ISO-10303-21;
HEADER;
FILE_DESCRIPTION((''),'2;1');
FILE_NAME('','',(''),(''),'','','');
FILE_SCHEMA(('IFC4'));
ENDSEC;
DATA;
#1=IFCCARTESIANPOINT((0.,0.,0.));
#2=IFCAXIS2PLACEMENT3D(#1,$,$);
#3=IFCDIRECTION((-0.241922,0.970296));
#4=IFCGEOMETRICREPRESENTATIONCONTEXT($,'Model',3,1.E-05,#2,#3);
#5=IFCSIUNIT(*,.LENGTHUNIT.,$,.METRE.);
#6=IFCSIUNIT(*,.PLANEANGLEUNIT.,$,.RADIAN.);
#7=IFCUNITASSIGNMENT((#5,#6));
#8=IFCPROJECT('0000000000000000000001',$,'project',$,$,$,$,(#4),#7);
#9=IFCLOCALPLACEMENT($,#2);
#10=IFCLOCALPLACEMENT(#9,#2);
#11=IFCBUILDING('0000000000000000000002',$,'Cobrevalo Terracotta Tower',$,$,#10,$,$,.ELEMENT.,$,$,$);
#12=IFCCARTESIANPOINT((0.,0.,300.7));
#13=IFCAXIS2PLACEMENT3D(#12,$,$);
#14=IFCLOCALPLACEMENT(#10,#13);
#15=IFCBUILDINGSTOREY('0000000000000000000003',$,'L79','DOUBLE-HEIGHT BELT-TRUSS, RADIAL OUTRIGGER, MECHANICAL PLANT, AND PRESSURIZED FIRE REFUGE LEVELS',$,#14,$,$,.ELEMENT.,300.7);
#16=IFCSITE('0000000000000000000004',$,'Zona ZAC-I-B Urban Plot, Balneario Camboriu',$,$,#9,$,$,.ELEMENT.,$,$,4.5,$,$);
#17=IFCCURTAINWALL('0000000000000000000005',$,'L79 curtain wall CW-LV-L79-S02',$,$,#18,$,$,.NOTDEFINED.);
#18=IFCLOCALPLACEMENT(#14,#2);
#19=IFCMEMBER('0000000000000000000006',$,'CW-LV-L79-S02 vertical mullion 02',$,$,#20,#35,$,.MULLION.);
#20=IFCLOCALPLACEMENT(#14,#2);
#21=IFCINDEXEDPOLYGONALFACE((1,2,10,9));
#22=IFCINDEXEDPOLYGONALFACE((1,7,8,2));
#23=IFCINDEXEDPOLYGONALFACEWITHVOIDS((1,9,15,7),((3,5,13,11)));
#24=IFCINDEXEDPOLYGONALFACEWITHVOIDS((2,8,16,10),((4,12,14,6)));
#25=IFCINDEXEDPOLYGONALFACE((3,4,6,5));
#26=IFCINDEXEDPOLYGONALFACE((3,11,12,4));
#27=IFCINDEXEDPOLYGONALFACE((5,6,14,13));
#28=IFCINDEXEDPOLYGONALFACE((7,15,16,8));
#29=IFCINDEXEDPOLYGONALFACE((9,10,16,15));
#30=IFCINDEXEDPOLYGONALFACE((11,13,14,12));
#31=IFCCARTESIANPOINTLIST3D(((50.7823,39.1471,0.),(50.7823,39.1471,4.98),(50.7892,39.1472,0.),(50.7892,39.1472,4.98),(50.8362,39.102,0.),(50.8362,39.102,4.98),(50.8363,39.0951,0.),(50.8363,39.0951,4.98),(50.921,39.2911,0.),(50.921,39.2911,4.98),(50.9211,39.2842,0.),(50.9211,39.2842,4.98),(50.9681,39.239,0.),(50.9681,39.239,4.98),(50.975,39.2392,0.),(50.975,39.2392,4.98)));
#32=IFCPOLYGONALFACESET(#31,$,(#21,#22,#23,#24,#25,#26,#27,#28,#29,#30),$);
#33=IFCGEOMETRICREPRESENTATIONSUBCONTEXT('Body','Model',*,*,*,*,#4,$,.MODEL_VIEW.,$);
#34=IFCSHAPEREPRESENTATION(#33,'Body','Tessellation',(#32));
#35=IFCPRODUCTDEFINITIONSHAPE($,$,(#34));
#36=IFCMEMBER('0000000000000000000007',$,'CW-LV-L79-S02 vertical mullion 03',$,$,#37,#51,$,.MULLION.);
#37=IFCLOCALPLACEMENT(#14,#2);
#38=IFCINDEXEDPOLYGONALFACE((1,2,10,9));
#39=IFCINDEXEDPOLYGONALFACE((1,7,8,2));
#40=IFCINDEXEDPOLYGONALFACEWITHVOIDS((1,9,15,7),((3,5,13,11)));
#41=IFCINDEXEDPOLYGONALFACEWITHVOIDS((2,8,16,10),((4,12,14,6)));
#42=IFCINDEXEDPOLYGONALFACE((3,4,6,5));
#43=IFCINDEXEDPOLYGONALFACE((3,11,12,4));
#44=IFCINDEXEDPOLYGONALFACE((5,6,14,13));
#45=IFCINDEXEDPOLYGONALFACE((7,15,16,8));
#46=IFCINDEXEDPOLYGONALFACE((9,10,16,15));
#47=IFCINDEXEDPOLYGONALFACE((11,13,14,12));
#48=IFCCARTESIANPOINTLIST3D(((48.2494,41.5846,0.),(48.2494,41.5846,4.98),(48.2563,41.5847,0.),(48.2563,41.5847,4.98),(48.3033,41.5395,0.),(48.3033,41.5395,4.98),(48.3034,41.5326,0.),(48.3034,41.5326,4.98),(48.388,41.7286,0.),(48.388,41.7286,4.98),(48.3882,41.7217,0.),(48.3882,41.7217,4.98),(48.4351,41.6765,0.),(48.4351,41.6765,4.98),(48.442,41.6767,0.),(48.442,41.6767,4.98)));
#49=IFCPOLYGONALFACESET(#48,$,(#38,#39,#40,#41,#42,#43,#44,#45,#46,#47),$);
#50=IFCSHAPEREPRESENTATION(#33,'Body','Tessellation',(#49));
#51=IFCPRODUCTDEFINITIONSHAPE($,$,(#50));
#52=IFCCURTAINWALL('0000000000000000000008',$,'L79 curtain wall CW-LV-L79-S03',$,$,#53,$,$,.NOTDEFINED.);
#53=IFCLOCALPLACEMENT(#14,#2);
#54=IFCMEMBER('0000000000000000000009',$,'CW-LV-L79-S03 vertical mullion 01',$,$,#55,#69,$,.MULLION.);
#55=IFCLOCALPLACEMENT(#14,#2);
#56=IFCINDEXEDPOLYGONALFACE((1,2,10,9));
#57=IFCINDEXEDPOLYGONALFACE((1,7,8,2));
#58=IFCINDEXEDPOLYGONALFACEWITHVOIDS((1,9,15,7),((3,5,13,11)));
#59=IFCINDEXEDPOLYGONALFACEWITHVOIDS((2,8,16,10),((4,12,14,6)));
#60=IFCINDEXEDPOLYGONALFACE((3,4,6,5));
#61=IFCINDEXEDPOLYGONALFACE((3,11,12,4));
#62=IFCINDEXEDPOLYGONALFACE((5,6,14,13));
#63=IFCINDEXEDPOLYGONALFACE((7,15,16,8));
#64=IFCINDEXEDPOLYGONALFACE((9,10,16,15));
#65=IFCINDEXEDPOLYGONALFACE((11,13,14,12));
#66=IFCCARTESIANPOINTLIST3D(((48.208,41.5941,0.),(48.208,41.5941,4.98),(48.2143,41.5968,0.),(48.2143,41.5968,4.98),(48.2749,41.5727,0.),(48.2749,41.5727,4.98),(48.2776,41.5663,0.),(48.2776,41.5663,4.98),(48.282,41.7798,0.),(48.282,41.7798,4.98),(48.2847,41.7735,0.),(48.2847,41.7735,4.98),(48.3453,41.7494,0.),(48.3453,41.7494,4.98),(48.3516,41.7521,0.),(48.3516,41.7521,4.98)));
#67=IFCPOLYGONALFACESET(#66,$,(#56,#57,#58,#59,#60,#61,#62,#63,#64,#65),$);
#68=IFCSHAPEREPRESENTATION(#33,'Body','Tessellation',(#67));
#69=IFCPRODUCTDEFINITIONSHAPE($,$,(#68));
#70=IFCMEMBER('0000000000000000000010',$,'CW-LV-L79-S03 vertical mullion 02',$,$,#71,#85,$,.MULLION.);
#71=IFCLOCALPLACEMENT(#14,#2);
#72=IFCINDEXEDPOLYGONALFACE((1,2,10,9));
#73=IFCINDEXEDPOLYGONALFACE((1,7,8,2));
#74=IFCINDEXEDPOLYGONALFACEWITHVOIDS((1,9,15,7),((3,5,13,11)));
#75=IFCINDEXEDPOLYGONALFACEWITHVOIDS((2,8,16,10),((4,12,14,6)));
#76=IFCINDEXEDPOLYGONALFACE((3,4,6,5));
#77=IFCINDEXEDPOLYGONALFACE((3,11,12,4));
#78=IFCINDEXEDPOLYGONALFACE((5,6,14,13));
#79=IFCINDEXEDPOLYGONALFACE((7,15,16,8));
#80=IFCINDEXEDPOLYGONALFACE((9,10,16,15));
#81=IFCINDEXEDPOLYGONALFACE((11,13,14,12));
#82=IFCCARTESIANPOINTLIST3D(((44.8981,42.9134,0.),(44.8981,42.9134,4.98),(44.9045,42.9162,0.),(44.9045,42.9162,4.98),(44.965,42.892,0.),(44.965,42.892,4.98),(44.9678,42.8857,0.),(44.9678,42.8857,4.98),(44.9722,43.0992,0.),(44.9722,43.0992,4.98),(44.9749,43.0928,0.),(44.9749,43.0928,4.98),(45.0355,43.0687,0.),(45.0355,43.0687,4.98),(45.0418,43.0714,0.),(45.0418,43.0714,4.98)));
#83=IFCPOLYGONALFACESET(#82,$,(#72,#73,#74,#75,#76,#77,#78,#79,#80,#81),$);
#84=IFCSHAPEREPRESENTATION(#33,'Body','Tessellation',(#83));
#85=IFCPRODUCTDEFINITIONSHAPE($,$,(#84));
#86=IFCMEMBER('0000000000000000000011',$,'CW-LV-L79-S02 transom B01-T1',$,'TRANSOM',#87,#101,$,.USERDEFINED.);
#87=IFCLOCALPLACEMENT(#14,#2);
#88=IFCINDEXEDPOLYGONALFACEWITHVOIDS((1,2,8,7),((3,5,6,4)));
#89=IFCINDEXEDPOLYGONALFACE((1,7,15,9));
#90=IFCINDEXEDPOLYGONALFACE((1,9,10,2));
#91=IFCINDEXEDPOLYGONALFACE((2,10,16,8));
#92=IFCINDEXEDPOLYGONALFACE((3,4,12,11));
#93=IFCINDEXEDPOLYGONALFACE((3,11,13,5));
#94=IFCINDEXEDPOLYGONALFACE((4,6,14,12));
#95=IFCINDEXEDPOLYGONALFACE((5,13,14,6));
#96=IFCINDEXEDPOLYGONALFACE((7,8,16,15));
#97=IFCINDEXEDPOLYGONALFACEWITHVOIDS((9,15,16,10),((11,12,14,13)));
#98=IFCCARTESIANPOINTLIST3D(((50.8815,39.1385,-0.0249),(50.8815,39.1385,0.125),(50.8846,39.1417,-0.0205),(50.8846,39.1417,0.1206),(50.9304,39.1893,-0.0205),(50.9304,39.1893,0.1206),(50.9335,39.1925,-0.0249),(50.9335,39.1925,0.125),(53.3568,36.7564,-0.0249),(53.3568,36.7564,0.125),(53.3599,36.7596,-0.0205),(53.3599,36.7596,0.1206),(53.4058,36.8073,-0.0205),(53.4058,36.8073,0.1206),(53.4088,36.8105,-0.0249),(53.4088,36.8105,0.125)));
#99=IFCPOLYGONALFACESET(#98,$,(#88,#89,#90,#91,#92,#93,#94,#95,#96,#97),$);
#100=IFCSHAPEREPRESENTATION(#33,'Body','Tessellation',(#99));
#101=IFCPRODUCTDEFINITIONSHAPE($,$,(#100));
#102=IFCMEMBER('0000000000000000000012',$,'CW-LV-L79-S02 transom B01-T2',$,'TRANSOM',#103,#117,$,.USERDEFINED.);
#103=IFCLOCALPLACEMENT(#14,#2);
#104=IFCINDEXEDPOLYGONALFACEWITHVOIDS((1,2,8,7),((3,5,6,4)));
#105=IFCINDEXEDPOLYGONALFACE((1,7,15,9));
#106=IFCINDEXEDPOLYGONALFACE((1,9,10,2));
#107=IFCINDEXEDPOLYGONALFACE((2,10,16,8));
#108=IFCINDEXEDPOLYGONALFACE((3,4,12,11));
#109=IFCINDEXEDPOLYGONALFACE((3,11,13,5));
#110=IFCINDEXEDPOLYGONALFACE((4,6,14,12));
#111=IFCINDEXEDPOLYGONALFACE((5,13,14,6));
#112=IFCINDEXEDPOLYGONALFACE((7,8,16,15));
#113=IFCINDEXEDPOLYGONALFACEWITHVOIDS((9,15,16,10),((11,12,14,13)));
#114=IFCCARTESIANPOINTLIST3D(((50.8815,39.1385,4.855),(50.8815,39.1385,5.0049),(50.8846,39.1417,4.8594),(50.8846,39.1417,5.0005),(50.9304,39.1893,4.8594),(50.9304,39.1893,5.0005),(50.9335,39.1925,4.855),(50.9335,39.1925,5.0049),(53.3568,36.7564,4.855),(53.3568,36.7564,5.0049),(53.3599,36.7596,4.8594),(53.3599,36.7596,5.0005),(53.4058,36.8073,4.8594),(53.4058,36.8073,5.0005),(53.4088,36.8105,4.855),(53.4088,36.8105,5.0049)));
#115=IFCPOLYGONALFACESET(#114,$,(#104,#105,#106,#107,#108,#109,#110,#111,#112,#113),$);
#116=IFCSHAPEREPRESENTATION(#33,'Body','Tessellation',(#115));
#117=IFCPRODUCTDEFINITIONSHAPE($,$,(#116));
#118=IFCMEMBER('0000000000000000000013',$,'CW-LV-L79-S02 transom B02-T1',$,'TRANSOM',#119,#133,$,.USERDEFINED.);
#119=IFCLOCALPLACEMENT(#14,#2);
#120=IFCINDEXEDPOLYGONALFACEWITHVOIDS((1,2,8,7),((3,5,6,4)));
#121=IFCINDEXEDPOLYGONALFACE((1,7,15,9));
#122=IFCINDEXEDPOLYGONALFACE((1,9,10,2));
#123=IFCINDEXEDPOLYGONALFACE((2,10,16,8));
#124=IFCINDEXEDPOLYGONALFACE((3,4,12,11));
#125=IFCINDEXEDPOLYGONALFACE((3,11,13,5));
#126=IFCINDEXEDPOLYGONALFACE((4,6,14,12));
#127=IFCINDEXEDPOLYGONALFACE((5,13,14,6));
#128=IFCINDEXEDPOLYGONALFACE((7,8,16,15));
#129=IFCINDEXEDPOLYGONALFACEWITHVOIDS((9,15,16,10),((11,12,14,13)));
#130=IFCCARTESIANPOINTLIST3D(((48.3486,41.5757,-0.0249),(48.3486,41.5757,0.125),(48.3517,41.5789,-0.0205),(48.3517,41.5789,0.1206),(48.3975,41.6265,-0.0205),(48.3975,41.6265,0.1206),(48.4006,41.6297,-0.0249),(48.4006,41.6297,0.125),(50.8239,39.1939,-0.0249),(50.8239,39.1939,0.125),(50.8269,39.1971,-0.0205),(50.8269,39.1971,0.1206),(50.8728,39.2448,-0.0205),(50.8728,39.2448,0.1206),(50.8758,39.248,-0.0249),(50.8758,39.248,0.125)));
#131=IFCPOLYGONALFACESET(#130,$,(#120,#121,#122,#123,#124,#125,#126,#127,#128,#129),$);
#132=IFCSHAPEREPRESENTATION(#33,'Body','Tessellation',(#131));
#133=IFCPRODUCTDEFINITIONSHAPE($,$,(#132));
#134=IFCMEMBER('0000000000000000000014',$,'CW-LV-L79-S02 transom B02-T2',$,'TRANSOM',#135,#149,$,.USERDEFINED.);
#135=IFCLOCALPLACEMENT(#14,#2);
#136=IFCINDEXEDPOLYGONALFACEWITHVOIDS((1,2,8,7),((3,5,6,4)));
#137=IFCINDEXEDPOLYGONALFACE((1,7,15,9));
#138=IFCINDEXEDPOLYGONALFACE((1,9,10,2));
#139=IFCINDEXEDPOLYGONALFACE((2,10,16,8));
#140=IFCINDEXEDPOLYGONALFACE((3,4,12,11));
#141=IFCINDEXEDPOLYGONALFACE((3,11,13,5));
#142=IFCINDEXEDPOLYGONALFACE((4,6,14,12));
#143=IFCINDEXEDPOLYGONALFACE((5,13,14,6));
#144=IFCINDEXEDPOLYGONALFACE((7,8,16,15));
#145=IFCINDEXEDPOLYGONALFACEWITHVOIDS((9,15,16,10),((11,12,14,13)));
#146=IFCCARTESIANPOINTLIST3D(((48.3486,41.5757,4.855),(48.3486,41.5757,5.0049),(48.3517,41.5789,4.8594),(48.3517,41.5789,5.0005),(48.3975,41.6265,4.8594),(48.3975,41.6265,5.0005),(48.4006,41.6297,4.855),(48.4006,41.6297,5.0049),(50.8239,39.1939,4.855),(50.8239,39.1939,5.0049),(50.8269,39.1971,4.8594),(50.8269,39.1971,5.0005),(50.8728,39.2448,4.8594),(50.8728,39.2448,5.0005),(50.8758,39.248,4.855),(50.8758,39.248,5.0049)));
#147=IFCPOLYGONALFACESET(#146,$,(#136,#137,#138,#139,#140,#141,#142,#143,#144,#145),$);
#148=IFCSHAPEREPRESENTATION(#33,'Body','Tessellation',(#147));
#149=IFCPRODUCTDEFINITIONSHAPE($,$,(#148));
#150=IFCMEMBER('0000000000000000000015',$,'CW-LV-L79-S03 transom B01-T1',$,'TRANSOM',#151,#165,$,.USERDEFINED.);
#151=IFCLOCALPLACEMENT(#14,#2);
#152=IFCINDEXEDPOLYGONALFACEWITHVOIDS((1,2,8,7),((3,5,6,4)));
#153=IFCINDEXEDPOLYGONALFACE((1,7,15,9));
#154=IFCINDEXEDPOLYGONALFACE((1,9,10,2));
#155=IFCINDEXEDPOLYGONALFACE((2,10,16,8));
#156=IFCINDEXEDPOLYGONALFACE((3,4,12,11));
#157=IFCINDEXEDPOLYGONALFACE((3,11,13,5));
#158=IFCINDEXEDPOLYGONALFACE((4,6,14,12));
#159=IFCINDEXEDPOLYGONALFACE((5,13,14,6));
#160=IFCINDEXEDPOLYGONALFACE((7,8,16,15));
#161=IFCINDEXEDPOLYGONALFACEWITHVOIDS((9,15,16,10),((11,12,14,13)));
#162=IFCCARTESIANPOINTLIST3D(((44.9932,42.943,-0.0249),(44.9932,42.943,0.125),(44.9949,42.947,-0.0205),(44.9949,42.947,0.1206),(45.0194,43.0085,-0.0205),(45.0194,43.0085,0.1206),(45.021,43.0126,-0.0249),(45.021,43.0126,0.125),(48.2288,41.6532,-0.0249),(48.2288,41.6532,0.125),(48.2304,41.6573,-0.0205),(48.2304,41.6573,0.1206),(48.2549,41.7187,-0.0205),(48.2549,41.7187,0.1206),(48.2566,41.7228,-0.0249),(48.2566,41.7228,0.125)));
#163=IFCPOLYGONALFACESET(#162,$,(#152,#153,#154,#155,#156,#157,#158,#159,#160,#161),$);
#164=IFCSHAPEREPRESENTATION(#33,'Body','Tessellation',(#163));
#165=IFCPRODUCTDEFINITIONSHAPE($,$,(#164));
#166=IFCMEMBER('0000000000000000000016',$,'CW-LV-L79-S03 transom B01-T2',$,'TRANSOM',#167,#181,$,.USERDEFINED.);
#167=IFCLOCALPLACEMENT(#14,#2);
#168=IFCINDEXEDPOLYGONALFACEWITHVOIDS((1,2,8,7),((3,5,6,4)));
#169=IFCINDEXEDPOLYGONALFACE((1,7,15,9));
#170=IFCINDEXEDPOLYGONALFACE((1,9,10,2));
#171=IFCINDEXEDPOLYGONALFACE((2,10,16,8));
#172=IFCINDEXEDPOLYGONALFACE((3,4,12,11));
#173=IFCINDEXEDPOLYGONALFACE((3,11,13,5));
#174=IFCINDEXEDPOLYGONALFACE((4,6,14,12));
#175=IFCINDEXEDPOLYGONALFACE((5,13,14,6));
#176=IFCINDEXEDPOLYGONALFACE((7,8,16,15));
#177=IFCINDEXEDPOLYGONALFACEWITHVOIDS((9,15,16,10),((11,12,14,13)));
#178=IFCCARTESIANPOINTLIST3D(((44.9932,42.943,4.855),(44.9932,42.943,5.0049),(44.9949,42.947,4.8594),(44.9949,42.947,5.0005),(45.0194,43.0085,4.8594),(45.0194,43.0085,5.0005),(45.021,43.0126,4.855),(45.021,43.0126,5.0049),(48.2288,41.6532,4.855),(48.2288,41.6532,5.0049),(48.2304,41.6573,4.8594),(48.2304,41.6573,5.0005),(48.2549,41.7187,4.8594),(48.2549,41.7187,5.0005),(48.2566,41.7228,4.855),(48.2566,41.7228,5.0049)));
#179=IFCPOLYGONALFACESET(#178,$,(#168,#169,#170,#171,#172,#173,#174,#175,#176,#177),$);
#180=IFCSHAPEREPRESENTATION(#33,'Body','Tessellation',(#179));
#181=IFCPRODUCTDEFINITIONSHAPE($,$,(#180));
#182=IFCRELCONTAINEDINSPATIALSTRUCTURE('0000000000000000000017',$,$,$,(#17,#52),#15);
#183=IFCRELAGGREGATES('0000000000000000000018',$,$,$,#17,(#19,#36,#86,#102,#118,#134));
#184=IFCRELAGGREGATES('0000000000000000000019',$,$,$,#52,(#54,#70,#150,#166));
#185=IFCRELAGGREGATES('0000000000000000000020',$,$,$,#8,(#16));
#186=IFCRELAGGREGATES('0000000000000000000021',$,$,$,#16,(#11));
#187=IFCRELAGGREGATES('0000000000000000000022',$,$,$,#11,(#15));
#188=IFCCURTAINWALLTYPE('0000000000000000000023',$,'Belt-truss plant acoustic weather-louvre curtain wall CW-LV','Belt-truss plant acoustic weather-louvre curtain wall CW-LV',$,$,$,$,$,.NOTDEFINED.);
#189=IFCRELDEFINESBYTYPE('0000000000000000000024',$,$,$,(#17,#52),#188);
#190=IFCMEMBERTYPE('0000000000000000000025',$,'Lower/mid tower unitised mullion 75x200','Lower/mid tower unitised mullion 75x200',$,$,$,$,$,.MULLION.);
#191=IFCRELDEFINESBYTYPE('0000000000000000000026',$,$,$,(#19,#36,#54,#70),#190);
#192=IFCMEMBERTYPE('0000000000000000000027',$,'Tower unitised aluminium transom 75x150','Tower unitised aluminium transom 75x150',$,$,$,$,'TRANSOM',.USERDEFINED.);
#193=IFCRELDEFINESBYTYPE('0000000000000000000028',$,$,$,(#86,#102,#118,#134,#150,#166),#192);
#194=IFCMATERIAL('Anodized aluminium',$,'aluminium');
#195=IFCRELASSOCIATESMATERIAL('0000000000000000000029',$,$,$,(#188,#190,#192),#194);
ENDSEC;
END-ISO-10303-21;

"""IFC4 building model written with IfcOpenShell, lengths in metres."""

from ifc_helpers import new_model, si_unit, direction, frame, origin, origin_2d, place, context, subcontext, project, spatial, hollow_rectangle, extrude, source, transform, mapped, material, material_profile, profile_set, type_object, element, aggregate, save


model = new_model("IFC4")

# Units and contexts
model_context = context("Model", 3, precision=1e-05, world=origin(), true_north=direction((-0.241922, 0.970296)))
body_context = subcontext(model_context, "Body", "Model", "MODEL_VIEW")
ifc_project = project(units=[si_unit("LENGTHUNIT", "METRE"), si_unit("PLANEANGLEUNIT", "RADIAN")], contexts=[model_context])

# Site, building, storey
site_placement = place(None, origin())
site = spatial("IfcSite", under=ifc_project, at=site_placement, Name="Zona ZAC-I-B Urban Plot, Balneario Camboriu", CompositionType="ELEMENT", RefElevation=4.5)
building_placement = place(site_placement, origin())
building = spatial("IfcBuilding", under=site, at=building_placement, Name="Cobrevalo Terracotta Tower", CompositionType="ELEMENT")
storey_placement = place(building_placement, frame((0.0, 0.0, 300.7)))
storey = spatial("IfcBuildingStorey", under=building, at=storey_placement, Name="L79", Description="DOUBLE-HEIGHT BELT-TRUSS, RADIAL OUTRIGGER, MECHANICAL PLANT, AND PRESSURIZED FIRE REFUGE LEVELS", CompositionType="ELEMENT", Elevation=300.7)

# Curtain walls, members
ifc_material_1 = material(Name="Anodized aluminium", Category="aluminium")
curtain_wall_type = type_object("IfcCurtainWallType", Name="Belt-truss plant acoustic weather-louvre curtain wall CW-LV", Description="Belt-truss plant acoustic weather-louvre curtain wall CW-LV", PredefinedType="NOTDEFINED", material=ifc_material_1)
curtain_wall_1_placement = place(storey_placement, origin())
curtain_wall_1 = element("IfcCurtainWall", 1, at=curtain_wall_1_placement, inside=storey, type_object=curtain_wall_type, Name="L79 curtain wall CW-LV-L79-S02", PredefinedType="NOTDEFINED")
ifc_material_profile_1 = material_profile(ifc_material_1, hollow_rectangle(XDim=0.075, YDim=0.2, WallThickness=0.0049, at=origin_2d()), Name="CWM 75x200")
ifc_profile_set_1 = profile_set([ifc_material_profile_1], Name="Anodized aluminium")
member_type_1 = type_object("IfcMemberType", Name="Lower/mid tower unitised mullion 75x200", Description="Lower/mid tower unitised mullion 75x200", PredefinedType="MULLION", material=ifc_profile_set_1)
shared_shape_1 = source(origin(), body_context, "Body", "SweptSolid", [
    extrude(hollow_rectangle(XDim=0.075, YDim=0.2, WallThickness=0.0049, at=origin_2d()), origin(), (0.0, 0.0, 1.0), 4.98),
])
member_1_placement = place(storey_placement, frame((50.8787, 39.1931, 0.0), z_axis=(0.0, 0.0, 1.0), x_axis=(-0.720551, 0.693402, 0.0)))
member_1 = element("IfcMember", 2, at=member_1_placement, type_object=member_type_1, Name="CW-LV-L79-S02 vertical mullion 02", PredefinedType="MULLION", context=body_context, shape_type="MappedRepresentation", body=[
    mapped(shared_shape_1, transform((0.0, 0.0, 0.0), scale=1.0)),
])
member_2_placement = place(storey_placement, frame((48.3457, 41.6306, 0.0), z_axis=(0.0, 0.0, 1.0), x_axis=(-0.720551, 0.693402, 0.0)))
member_2 = element("IfcMember", 3, at=member_2_placement, type_object=member_type_1, Name="CW-LV-L79-S02 vertical mullion 03", PredefinedType="MULLION", context=body_context, shape_type="MappedRepresentation", body=[
    mapped(shared_shape_1, transform((0.0, 0.0, 0.0), scale=1.0)),
])
curtain_wall_2_placement = place(storey_placement, origin())
curtain_wall_2 = element("IfcCurtainWall", 4, at=curtain_wall_2_placement, inside=storey, type_object=curtain_wall_type, Name="L79 curtain wall CW-LV-L79-S03", PredefinedType="NOTDEFINED")
member_3_placement = place(storey_placement, frame((48.2798, 41.6731, 0.0), z_axis=(0.0, 0.0, 1.0), x_axis=(-0.928926, 0.370266, 0.0)))
member_3 = element("IfcMember", 5, at=member_3_placement, type_object=member_type_1, Name="CW-LV-L79-S03 vertical mullion 01", PredefinedType="MULLION", context=body_context, shape_type="MappedRepresentation", body=[
    mapped(shared_shape_1, transform((0.0, 0.0, 0.0), scale=1.0)),
])
member_4_placement = place(storey_placement, frame((44.97, 42.9924, 0.0), z_axis=(0.0, 0.0, 1.0), x_axis=(-0.928926, 0.370266, 0.0)))
member_4 = element("IfcMember", 6, at=member_4_placement, type_object=member_type_1, Name="CW-LV-L79-S03 vertical mullion 02", PredefinedType="MULLION", context=body_context, shape_type="MappedRepresentation", body=[
    mapped(shared_shape_1, transform((0.0, 0.0, 0.0), scale=1.0)),
])

# Members
ifc_material_profile_2 = material_profile(ifc_material_1, hollow_rectangle(XDim=0.075, YDim=0.1499, WallThickness=0.0044, at=origin_2d()), Name="CWT 75x150")
ifc_profile_set_2 = profile_set([ifc_material_profile_2], Name="Anodized aluminium")
member_type_2 = type_object("IfcMemberType", Name="Tower unitised aluminium transom 75x150", Description="Tower unitised aluminium transom 75x150", ElementType="TRANSOM", PredefinedType="USERDEFINED", material=ifc_profile_set_2)
shared_shape_2 = source(origin(), body_context, "Body", "SweptSolid", [
    extrude(hollow_rectangle(XDim=0.075, YDim=0.1499, WallThickness=0.0044, at=origin_2d()), origin(), (0.0, 0.0, 1.0), 3.4353),
])
member_5_placement = place(storey_placement, frame((53.3828, 36.7834, 0.05), z_axis=(-0.72055, 0.693403, 0.0), x_axis=(-0.693403, -0.72055, 0.0)))
member_5 = element("IfcMember", 7, at=member_5_placement, type_object=member_type_2, Name="CW-LV-L79-S02 transom B01-T1", ObjectType="TRANSOM", PredefinedType="USERDEFINED", context=body_context, shape_type="MappedRepresentation", body=[
    mapped(shared_shape_2, transform((0.0, 0.0, 0.0), scale=1.0)),
])
member_6_placement = place(storey_placement, frame((53.3828, 36.7834, 4.9299), z_axis=(-0.72055, 0.693403, 0.0), x_axis=(-0.693403, -0.72055, 0.0)))
member_6 = element("IfcMember", 8, at=member_6_placement, type_object=member_type_2, Name="CW-LV-L79-S02 transom B01-T2", ObjectType="TRANSOM", PredefinedType="USERDEFINED", context=body_context, shape_type="MappedRepresentation", body=[
    mapped(shared_shape_2, transform((0.0, 0.0, 0.0), scale=1.0)),
])
shared_shape_3 = source(origin(), body_context, "Body", "SweptSolid", [
    extrude(hollow_rectangle(XDim=0.075, YDim=0.1499, WallThickness=0.0044, at=origin_2d()), origin(), (0.0, 0.0, 1.0), 3.4351),
])
member_7_placement = place(storey_placement, frame((50.8499, 39.2209, 0.05), z_axis=(-0.720586, 0.693366, 0.0), x_axis=(-0.693366, -0.720586, 0.0)))
member_7 = element("IfcMember", 9, at=member_7_placement, type_object=member_type_2, Name="CW-LV-L79-S02 transom B02-T1", ObjectType="TRANSOM", PredefinedType="USERDEFINED", context=body_context, shape_type="MappedRepresentation", body=[
    mapped(shared_shape_3, transform((0.0, 0.0, 0.0), scale=1.0)),
])
member_8_placement = place(storey_placement, frame((50.8499, 39.2209, 4.9299), z_axis=(-0.720586, 0.693366, 0.0), x_axis=(-0.693366, -0.720586, 0.0)))
member_8 = element("IfcMember", 10, at=member_8_placement, type_object=member_type_2, Name="CW-LV-L79-S02 transom B02-T2", ObjectType="TRANSOM", PredefinedType="USERDEFINED", context=body_context, shape_type="MappedRepresentation", body=[
    mapped(shared_shape_3, transform((0.0, 0.0, 0.0), scale=1.0)),
])
shared_shape_4 = source(origin(), body_context, "Body", "SweptSolid", [
    extrude(hollow_rectangle(XDim=0.075, YDim=0.1499, WallThickness=0.0044, at=origin_2d()), origin(), (0.0, 0.0, 1.0), 3.4832),
])
member_9_placement = place(storey_placement, frame((48.2427, 41.688, 0.05), z_axis=(-0.928916, 0.370291, 0.0), x_axis=(-0.370291, -0.928916, 0.0)))
member_9 = element("IfcMember", 11, at=member_9_placement, type_object=member_type_2, Name="CW-LV-L79-S03 transom B01-T1", ObjectType="TRANSOM", PredefinedType="USERDEFINED", context=body_context, shape_type="MappedRepresentation", body=[
    mapped(shared_shape_4, transform((0.0, 0.0, 0.0), scale=1.0)),
])
member_10_placement = place(storey_placement, frame((48.2427, 41.688, 4.9299), z_axis=(-0.928916, 0.370291, 0.0), x_axis=(-0.370291, -0.928916, 0.0)))
member_10 = element("IfcMember", 12, at=member_10_placement, type_object=member_type_2, Name="CW-LV-L79-S03 transom B01-T2", ObjectType="TRANSOM", PredefinedType="USERDEFINED", context=body_context, shape_type="MappedRepresentation", body=[
    mapped(shared_shape_4, transform((0.0, 0.0, 0.0), scale=1.0)),
])

aggregate(curtain_wall_1, [member_1, member_2, member_5, member_6, member_7, member_8])
aggregate(curtain_wall_2, [member_3, member_4, member_9, member_10])

save(model, "model.ifc")
